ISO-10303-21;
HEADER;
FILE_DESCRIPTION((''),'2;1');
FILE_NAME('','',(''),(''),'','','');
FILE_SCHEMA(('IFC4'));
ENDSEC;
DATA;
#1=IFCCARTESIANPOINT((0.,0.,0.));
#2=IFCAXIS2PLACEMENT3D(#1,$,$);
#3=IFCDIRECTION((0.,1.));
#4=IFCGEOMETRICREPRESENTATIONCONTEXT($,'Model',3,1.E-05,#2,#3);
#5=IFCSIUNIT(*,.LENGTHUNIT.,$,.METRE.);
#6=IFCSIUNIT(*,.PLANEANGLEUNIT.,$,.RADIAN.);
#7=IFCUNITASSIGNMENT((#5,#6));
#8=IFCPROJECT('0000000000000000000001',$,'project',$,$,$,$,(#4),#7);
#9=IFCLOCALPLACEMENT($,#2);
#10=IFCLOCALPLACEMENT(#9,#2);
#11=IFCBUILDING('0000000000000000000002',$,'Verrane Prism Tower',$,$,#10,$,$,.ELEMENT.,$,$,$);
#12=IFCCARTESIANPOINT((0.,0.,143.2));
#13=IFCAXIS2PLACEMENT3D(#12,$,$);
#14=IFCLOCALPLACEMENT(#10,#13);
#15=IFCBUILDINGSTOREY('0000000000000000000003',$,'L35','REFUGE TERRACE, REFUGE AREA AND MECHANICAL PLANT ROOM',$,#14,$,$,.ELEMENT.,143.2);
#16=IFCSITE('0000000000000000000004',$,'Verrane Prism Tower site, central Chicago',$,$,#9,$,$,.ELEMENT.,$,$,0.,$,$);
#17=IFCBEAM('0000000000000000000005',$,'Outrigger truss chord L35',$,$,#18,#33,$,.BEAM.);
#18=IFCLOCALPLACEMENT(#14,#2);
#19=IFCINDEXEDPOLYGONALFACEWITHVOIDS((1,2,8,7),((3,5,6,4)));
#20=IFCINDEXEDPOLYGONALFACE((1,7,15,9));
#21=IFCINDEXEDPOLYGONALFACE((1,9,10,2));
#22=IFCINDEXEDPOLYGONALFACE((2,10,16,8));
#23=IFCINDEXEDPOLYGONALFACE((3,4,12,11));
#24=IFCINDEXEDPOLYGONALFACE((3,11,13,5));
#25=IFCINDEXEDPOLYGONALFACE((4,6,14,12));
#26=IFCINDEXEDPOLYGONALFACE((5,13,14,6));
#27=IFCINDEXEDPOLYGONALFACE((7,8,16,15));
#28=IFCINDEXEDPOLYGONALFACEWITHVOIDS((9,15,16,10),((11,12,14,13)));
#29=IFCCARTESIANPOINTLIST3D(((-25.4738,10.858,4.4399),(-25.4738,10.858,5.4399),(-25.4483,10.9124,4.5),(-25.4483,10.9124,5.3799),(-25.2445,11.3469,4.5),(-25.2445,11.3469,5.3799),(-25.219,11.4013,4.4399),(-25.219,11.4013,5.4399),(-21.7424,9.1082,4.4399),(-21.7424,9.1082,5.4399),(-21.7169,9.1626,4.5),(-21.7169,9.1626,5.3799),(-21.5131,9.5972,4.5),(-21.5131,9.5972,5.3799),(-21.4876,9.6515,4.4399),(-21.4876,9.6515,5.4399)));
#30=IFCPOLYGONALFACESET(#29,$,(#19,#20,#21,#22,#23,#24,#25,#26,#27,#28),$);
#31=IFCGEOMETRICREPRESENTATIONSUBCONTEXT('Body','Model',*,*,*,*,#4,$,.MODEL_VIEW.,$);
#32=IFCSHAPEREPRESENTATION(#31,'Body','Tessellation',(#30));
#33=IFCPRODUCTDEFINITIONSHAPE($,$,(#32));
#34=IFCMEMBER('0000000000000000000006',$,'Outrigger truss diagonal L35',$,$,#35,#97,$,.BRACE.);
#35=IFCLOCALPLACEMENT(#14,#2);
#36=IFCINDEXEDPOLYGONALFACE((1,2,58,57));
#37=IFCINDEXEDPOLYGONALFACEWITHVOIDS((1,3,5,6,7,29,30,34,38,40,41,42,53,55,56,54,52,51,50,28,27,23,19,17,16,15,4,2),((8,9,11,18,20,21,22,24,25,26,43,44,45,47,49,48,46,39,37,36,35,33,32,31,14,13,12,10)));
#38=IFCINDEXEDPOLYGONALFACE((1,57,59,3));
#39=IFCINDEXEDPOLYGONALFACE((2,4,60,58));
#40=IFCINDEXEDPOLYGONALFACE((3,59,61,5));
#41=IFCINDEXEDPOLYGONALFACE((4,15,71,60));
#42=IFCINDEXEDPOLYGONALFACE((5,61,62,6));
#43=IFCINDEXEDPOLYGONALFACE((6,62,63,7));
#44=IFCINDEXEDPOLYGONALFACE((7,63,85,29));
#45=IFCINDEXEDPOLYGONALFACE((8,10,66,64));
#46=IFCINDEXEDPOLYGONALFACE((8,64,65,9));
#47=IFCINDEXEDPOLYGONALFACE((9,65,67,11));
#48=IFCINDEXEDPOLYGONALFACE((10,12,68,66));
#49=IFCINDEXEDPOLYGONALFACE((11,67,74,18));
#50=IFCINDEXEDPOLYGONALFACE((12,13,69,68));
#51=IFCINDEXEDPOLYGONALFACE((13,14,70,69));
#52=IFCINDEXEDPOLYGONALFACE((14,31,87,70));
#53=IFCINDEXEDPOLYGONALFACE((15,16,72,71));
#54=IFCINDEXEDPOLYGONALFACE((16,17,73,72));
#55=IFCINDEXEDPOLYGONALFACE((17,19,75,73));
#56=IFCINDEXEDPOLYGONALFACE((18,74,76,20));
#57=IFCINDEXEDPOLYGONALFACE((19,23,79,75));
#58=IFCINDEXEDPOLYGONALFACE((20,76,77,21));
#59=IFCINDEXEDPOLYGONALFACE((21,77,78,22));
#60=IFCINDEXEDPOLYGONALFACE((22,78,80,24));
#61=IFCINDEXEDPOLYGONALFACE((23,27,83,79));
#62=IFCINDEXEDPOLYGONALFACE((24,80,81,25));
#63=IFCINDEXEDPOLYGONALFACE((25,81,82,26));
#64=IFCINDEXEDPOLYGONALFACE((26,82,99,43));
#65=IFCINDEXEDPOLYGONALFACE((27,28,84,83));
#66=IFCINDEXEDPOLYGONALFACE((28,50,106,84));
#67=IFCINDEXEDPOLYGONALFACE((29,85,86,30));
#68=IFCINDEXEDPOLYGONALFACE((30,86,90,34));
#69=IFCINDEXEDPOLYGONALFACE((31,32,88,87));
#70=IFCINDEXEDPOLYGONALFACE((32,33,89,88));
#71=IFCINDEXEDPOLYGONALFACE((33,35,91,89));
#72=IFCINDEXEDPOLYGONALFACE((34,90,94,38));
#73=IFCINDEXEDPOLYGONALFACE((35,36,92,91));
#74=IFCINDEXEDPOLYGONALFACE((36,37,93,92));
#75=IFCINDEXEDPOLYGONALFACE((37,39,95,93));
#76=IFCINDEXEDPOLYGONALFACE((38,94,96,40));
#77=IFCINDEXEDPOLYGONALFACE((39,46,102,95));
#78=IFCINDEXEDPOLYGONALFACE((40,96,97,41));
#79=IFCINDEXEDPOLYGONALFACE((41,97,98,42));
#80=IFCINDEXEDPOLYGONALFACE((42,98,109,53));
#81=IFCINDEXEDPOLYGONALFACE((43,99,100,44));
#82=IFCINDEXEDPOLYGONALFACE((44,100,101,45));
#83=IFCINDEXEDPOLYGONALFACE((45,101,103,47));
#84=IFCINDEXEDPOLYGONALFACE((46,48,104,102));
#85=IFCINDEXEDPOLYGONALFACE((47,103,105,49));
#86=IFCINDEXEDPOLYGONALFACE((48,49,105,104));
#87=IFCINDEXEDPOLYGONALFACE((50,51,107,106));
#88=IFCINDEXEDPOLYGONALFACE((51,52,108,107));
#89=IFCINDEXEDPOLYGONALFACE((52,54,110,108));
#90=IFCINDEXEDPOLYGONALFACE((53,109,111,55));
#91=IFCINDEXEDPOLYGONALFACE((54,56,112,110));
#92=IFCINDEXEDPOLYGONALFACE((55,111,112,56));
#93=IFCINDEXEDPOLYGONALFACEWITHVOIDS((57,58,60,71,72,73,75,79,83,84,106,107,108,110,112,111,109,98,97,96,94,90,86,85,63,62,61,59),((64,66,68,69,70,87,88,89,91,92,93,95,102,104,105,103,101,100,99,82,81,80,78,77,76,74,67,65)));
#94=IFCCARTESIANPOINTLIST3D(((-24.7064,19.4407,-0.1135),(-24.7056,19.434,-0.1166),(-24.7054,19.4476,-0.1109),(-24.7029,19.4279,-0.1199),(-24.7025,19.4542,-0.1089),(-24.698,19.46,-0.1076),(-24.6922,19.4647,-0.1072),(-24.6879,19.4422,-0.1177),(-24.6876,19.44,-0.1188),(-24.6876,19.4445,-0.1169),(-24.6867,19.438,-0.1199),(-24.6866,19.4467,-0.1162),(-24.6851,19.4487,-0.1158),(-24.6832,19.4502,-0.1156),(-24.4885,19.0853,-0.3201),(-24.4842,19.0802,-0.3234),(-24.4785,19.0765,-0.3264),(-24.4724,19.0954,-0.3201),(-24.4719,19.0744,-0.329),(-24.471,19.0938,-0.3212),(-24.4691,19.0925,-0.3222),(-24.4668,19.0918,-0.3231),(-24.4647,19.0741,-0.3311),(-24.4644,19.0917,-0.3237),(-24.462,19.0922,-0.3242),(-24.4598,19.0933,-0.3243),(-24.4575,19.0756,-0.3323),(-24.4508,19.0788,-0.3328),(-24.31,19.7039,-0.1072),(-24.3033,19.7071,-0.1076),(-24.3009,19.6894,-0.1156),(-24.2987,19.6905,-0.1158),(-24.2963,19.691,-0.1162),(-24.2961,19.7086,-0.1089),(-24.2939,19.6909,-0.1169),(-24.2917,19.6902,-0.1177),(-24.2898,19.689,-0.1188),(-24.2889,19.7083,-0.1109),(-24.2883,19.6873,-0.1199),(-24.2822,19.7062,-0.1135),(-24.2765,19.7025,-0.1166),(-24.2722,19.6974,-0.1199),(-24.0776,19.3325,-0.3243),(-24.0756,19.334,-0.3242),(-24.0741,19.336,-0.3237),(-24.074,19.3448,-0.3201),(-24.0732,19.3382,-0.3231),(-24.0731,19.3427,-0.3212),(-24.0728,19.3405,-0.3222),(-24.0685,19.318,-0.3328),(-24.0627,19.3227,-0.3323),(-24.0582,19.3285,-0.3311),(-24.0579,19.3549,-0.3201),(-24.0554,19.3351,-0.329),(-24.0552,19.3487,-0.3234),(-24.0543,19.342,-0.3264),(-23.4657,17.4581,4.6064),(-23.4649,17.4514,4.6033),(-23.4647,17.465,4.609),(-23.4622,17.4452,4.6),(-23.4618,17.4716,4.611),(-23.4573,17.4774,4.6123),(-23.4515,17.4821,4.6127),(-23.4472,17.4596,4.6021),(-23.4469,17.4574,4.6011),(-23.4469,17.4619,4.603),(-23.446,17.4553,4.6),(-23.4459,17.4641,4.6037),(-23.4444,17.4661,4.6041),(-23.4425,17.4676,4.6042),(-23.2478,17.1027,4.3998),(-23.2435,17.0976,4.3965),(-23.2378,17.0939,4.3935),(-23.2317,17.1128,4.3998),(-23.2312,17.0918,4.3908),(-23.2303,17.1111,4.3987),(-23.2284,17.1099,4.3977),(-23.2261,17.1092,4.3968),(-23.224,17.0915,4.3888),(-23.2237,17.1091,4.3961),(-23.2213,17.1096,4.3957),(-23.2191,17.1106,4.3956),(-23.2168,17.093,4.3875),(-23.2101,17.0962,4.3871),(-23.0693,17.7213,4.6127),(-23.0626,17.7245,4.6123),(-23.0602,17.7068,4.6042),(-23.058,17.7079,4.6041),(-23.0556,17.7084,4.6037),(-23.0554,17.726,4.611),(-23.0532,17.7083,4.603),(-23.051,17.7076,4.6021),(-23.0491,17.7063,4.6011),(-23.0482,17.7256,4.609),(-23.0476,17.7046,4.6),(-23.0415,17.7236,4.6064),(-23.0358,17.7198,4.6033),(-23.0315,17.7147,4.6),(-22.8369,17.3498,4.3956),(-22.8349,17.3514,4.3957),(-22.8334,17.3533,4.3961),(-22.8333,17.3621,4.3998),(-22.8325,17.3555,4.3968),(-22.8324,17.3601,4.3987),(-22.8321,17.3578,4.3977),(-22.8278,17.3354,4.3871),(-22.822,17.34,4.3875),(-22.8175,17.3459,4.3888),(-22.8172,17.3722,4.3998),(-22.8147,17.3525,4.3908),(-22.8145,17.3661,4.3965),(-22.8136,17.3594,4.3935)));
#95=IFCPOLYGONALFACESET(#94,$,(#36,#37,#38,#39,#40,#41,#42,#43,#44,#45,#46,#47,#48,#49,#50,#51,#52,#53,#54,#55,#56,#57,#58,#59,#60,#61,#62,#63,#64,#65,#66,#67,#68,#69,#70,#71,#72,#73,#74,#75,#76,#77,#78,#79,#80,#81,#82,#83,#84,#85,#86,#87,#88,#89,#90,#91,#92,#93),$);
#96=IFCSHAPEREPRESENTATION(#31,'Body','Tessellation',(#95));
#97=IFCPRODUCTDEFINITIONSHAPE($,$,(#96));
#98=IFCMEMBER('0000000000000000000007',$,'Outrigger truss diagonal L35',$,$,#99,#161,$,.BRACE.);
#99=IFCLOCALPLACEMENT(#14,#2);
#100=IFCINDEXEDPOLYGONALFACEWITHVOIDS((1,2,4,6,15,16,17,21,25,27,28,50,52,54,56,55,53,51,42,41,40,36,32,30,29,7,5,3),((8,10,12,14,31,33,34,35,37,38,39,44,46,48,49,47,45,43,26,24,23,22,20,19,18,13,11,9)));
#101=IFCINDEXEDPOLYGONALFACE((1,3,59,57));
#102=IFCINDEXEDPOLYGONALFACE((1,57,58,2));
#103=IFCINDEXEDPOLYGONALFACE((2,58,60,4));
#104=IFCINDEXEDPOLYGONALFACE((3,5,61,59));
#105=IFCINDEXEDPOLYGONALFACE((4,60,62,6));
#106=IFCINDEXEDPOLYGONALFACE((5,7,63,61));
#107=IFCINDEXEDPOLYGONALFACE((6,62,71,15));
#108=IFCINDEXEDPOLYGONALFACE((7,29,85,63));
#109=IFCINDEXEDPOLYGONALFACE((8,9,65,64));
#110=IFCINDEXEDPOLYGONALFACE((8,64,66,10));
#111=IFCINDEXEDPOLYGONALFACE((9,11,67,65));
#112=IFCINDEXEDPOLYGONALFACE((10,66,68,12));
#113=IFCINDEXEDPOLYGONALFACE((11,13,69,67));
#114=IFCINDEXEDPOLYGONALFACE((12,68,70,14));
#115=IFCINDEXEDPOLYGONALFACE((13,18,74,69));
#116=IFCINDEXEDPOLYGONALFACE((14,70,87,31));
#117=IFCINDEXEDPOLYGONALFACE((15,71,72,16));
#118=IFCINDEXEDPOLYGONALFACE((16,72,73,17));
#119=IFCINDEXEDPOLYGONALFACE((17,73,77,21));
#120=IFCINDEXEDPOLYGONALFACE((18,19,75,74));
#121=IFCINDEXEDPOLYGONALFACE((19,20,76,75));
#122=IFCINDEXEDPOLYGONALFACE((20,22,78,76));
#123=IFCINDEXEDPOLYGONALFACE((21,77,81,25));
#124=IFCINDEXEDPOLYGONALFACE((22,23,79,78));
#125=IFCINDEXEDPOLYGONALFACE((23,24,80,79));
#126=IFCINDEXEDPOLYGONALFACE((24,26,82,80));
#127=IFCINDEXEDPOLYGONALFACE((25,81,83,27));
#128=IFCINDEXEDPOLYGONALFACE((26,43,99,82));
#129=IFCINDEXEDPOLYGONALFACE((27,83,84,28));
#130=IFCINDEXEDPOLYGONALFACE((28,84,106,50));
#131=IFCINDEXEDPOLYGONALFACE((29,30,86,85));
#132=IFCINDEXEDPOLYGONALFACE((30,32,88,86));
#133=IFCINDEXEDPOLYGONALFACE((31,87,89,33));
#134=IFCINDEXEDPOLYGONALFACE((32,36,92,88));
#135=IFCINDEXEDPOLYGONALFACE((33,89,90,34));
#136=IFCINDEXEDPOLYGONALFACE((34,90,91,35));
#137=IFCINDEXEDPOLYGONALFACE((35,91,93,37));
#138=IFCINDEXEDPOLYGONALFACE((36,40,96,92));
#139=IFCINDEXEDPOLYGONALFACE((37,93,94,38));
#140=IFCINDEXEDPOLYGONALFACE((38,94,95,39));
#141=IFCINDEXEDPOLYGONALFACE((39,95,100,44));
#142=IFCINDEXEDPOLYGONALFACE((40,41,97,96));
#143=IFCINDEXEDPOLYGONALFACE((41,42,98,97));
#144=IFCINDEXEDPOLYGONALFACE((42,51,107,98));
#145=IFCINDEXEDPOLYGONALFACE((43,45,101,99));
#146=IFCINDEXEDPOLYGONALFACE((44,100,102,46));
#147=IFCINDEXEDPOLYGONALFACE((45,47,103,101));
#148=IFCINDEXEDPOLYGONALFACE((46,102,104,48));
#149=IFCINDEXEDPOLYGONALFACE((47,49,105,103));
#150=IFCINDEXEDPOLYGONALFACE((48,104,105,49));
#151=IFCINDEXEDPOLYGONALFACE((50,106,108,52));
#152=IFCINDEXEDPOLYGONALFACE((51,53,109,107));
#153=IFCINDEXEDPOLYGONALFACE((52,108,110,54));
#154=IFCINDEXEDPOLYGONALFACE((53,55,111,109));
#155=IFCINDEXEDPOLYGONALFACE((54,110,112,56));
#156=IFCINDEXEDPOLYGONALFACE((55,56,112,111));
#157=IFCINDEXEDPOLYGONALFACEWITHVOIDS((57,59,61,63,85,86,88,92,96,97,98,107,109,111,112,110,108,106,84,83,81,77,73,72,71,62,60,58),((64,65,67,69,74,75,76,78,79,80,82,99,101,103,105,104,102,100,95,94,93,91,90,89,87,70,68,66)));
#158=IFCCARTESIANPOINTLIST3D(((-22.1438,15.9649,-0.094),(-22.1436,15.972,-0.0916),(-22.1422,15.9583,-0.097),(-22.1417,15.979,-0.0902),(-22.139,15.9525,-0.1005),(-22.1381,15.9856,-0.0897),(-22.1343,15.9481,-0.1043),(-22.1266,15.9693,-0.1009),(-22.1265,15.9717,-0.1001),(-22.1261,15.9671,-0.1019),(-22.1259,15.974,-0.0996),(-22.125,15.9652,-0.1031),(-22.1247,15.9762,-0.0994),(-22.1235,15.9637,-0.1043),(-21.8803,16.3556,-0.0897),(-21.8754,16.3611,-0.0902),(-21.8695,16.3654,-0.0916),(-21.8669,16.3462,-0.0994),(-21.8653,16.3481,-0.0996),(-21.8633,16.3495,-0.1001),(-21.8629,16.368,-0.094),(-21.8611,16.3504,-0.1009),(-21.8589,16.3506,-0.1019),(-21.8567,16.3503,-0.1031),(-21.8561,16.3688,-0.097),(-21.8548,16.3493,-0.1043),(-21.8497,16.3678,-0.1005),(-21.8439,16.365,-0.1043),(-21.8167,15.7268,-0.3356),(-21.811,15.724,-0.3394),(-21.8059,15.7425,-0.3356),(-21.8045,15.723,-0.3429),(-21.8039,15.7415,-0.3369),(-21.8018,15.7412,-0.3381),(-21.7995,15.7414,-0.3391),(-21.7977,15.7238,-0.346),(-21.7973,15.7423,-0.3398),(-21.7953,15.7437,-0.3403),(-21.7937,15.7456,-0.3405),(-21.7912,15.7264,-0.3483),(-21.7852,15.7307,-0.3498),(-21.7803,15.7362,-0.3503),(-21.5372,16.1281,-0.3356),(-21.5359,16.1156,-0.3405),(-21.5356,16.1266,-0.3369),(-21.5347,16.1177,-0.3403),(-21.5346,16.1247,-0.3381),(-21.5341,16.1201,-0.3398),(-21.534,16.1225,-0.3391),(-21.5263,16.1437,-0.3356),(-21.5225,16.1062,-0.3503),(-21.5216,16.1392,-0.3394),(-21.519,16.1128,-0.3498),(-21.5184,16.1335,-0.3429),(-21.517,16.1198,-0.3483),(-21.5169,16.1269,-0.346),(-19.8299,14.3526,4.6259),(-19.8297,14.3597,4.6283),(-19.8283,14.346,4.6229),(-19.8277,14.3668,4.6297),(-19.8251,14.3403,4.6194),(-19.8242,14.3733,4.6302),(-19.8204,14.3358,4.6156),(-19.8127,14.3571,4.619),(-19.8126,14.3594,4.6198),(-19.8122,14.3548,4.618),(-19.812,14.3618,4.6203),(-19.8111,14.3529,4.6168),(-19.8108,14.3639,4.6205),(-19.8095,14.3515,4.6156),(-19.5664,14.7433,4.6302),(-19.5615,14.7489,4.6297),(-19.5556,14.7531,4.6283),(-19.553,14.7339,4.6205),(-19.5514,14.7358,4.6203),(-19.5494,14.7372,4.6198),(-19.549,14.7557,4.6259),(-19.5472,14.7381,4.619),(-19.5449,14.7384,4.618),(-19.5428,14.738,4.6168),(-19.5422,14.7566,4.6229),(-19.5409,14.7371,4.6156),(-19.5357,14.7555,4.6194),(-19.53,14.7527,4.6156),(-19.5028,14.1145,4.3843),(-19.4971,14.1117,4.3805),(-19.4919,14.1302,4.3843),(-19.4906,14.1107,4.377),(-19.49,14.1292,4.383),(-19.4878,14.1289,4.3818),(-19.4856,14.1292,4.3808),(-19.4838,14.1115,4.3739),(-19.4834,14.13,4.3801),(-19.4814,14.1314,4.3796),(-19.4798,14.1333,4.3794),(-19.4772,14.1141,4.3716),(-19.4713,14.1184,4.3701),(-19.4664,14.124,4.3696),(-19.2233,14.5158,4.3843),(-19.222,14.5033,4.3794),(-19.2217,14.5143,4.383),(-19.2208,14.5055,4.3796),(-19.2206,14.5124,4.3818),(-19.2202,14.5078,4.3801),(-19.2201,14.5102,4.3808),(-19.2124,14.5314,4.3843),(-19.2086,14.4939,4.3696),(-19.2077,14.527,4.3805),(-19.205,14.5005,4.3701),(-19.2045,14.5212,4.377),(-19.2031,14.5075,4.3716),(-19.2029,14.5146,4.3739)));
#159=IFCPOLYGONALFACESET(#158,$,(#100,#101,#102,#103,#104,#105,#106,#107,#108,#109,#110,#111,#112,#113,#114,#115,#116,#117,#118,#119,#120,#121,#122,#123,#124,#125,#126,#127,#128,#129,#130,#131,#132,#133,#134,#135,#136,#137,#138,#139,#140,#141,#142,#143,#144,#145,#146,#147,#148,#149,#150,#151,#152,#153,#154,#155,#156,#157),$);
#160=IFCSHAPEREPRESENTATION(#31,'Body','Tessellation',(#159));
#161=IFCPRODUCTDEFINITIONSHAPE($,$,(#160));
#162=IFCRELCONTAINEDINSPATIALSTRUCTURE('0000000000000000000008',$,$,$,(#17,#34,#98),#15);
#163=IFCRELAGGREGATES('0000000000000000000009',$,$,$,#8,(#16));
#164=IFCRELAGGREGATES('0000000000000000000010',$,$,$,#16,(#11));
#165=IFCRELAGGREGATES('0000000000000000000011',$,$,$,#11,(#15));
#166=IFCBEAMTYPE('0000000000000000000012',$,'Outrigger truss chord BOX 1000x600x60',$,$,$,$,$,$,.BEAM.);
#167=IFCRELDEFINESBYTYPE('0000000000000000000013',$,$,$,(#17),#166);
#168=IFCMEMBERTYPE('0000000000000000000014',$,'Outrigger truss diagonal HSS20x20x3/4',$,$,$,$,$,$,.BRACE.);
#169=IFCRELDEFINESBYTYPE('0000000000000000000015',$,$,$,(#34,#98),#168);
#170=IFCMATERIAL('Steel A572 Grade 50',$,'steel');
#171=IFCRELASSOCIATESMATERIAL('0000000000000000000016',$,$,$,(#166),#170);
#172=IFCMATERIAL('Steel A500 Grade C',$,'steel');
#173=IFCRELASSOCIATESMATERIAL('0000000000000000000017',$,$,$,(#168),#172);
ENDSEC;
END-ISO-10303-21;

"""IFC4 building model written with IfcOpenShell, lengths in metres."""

from ifc_helpers import new_model, si_unit, direction, frame, origin, origin_2d, place, context, subcontext, project, spatial, hollow_rectangle, extrude, material, material_profile, profile_set, type_object, element, save


model = new_model("IFC4")

# Units and contexts
model_context = context("Model", 3, precision=1e-05, world=origin(), true_north=direction((0.0, 1.0)))
body_context = subcontext(model_context, "Body", "Model", "MODEL_VIEW")
ifc_project = project(units=[si_unit("LENGTHUNIT", "METRE"), si_unit("PLANEANGLEUNIT", "RADIAN")], contexts=[model_context])

# Site, building, storey
site_placement = place(None, origin())
site = spatial("IfcSite", under=ifc_project, at=site_placement, Name="Verrane Prism Tower site, central Chicago", CompositionType="ELEMENT", RefElevation=0.0)
building_placement = place(site_placement, origin())
building = spatial("IfcBuilding", under=site, at=building_placement, Name="Verrane Prism Tower", CompositionType="ELEMENT")
storey_placement = place(building_placement, frame((0.0, 0.0, 143.2)))
storey = spatial("IfcBuildingStorey", under=building, at=storey_placement, Name="L35", Description="REFUGE TERRACE, REFUGE AREA AND MECHANICAL PLANT ROOM", CompositionType="ELEMENT", Elevation=143.2)

# Beam
ifc_material_1 = material(Name="Steel A572 Grade 50", Category="steel")
ifc_material_profile_1 = material_profile(ifc_material_1, hollow_rectangle(XDim=0.6001, YDim=1.0, WallThickness=0.0601, at=origin_2d()), Name="BOX 1000x600x60")
ifc_profile_set_1 = profile_set([ifc_material_profile_1], Name="Steel A572 Grade 50")
beam_type_1 = type_object("IfcBeamType", Name="Outrigger truss chord BOX 1000x600x60", PredefinedType="BEAM", material=ifc_profile_set_1)
beam_1_placement = place(storey_placement, frame((-25.3464, 11.1296, 4.9399), z_axis=(0.905399, -0.424561, 0.0), x_axis=(0.424561, 0.905399, 0.0)))
element("IfcBeam", 1, at=beam_1_placement, inside=storey, type_object=beam_type_1, Name="Outrigger truss chord L35", PredefinedType="BEAM", context=body_context, shape_type="SweptSolid", body=[
    extrude(hollow_rectangle(XDim=0.6001, YDim=1.0, WallThickness=0.0601, at=origin_2d()), origin(), (0.0, 0.0, 1.0), 4.1213),
])

# Members
ifc_material_2 = material(Name="Steel A500 Grade C", Category="steel")
ifc_material_profile_2 = material_profile(ifc_material_2, hollow_rectangle(XDim=0.5081, YDim=0.5081, WallThickness=0.019, InnerFilletRadius=0.0095, OuterFilletRadius=0.0286, at=origin_2d()), Name="HSS20x20x3/4")
ifc_profile_set_2 = profile_set([ifc_material_profile_2], Name="Steel A500 Grade C")
member_type_1 = type_object("IfcMemberType", Name="Outrigger truss diagonal HSS20x20x3/4", PredefinedType="BRACE", material=ifc_profile_set_2)
member_1_placement = place(storey_placement, frame((-24.3804, 19.3914, -0.22), z_axis=(0.235535, -0.376383, 0.896024), x_axis=(0.847699, 0.530477, 0.0)))
element("IfcMember", 2, at=member_1_placement, inside=storey, type_object=member_type_1, Name="Outrigger truss diagonal L35", PredefinedType="BRACE", context=body_context, shape_type="SweptSolid", body=[
    extrude(hollow_rectangle(XDim=0.5081, YDim=0.5081, WallThickness=0.019, InnerFilletRadius=0.0095, OuterFilletRadius=0.0286, at=origin_2d()), origin(), (0.0, 0.0, 1.0), 5.2676),
])
member_2_placement = place(storey_placement, frame((-21.8303, 16.0459, -0.22), z_axis=(0.420846, -0.293233, 0.858431), x_axis=(0.571683, 0.820474, 0.0)))
element("IfcMember", 3, at=member_2_placement, inside=storey, type_object=member_type_1, Name="Outrigger truss diagonal L35", PredefinedType="BRACE", context=body_context, shape_type="SweptSolid", body=[
    extrude(hollow_rectangle(XDim=0.5081, YDim=0.5081, WallThickness=0.019, InnerFilletRadius=0.0095, OuterFilletRadius=0.0286, at=origin_2d()), origin(), (0.0, 0.0, 1.0), 5.4983),
])

save(model, "model.ifc")
